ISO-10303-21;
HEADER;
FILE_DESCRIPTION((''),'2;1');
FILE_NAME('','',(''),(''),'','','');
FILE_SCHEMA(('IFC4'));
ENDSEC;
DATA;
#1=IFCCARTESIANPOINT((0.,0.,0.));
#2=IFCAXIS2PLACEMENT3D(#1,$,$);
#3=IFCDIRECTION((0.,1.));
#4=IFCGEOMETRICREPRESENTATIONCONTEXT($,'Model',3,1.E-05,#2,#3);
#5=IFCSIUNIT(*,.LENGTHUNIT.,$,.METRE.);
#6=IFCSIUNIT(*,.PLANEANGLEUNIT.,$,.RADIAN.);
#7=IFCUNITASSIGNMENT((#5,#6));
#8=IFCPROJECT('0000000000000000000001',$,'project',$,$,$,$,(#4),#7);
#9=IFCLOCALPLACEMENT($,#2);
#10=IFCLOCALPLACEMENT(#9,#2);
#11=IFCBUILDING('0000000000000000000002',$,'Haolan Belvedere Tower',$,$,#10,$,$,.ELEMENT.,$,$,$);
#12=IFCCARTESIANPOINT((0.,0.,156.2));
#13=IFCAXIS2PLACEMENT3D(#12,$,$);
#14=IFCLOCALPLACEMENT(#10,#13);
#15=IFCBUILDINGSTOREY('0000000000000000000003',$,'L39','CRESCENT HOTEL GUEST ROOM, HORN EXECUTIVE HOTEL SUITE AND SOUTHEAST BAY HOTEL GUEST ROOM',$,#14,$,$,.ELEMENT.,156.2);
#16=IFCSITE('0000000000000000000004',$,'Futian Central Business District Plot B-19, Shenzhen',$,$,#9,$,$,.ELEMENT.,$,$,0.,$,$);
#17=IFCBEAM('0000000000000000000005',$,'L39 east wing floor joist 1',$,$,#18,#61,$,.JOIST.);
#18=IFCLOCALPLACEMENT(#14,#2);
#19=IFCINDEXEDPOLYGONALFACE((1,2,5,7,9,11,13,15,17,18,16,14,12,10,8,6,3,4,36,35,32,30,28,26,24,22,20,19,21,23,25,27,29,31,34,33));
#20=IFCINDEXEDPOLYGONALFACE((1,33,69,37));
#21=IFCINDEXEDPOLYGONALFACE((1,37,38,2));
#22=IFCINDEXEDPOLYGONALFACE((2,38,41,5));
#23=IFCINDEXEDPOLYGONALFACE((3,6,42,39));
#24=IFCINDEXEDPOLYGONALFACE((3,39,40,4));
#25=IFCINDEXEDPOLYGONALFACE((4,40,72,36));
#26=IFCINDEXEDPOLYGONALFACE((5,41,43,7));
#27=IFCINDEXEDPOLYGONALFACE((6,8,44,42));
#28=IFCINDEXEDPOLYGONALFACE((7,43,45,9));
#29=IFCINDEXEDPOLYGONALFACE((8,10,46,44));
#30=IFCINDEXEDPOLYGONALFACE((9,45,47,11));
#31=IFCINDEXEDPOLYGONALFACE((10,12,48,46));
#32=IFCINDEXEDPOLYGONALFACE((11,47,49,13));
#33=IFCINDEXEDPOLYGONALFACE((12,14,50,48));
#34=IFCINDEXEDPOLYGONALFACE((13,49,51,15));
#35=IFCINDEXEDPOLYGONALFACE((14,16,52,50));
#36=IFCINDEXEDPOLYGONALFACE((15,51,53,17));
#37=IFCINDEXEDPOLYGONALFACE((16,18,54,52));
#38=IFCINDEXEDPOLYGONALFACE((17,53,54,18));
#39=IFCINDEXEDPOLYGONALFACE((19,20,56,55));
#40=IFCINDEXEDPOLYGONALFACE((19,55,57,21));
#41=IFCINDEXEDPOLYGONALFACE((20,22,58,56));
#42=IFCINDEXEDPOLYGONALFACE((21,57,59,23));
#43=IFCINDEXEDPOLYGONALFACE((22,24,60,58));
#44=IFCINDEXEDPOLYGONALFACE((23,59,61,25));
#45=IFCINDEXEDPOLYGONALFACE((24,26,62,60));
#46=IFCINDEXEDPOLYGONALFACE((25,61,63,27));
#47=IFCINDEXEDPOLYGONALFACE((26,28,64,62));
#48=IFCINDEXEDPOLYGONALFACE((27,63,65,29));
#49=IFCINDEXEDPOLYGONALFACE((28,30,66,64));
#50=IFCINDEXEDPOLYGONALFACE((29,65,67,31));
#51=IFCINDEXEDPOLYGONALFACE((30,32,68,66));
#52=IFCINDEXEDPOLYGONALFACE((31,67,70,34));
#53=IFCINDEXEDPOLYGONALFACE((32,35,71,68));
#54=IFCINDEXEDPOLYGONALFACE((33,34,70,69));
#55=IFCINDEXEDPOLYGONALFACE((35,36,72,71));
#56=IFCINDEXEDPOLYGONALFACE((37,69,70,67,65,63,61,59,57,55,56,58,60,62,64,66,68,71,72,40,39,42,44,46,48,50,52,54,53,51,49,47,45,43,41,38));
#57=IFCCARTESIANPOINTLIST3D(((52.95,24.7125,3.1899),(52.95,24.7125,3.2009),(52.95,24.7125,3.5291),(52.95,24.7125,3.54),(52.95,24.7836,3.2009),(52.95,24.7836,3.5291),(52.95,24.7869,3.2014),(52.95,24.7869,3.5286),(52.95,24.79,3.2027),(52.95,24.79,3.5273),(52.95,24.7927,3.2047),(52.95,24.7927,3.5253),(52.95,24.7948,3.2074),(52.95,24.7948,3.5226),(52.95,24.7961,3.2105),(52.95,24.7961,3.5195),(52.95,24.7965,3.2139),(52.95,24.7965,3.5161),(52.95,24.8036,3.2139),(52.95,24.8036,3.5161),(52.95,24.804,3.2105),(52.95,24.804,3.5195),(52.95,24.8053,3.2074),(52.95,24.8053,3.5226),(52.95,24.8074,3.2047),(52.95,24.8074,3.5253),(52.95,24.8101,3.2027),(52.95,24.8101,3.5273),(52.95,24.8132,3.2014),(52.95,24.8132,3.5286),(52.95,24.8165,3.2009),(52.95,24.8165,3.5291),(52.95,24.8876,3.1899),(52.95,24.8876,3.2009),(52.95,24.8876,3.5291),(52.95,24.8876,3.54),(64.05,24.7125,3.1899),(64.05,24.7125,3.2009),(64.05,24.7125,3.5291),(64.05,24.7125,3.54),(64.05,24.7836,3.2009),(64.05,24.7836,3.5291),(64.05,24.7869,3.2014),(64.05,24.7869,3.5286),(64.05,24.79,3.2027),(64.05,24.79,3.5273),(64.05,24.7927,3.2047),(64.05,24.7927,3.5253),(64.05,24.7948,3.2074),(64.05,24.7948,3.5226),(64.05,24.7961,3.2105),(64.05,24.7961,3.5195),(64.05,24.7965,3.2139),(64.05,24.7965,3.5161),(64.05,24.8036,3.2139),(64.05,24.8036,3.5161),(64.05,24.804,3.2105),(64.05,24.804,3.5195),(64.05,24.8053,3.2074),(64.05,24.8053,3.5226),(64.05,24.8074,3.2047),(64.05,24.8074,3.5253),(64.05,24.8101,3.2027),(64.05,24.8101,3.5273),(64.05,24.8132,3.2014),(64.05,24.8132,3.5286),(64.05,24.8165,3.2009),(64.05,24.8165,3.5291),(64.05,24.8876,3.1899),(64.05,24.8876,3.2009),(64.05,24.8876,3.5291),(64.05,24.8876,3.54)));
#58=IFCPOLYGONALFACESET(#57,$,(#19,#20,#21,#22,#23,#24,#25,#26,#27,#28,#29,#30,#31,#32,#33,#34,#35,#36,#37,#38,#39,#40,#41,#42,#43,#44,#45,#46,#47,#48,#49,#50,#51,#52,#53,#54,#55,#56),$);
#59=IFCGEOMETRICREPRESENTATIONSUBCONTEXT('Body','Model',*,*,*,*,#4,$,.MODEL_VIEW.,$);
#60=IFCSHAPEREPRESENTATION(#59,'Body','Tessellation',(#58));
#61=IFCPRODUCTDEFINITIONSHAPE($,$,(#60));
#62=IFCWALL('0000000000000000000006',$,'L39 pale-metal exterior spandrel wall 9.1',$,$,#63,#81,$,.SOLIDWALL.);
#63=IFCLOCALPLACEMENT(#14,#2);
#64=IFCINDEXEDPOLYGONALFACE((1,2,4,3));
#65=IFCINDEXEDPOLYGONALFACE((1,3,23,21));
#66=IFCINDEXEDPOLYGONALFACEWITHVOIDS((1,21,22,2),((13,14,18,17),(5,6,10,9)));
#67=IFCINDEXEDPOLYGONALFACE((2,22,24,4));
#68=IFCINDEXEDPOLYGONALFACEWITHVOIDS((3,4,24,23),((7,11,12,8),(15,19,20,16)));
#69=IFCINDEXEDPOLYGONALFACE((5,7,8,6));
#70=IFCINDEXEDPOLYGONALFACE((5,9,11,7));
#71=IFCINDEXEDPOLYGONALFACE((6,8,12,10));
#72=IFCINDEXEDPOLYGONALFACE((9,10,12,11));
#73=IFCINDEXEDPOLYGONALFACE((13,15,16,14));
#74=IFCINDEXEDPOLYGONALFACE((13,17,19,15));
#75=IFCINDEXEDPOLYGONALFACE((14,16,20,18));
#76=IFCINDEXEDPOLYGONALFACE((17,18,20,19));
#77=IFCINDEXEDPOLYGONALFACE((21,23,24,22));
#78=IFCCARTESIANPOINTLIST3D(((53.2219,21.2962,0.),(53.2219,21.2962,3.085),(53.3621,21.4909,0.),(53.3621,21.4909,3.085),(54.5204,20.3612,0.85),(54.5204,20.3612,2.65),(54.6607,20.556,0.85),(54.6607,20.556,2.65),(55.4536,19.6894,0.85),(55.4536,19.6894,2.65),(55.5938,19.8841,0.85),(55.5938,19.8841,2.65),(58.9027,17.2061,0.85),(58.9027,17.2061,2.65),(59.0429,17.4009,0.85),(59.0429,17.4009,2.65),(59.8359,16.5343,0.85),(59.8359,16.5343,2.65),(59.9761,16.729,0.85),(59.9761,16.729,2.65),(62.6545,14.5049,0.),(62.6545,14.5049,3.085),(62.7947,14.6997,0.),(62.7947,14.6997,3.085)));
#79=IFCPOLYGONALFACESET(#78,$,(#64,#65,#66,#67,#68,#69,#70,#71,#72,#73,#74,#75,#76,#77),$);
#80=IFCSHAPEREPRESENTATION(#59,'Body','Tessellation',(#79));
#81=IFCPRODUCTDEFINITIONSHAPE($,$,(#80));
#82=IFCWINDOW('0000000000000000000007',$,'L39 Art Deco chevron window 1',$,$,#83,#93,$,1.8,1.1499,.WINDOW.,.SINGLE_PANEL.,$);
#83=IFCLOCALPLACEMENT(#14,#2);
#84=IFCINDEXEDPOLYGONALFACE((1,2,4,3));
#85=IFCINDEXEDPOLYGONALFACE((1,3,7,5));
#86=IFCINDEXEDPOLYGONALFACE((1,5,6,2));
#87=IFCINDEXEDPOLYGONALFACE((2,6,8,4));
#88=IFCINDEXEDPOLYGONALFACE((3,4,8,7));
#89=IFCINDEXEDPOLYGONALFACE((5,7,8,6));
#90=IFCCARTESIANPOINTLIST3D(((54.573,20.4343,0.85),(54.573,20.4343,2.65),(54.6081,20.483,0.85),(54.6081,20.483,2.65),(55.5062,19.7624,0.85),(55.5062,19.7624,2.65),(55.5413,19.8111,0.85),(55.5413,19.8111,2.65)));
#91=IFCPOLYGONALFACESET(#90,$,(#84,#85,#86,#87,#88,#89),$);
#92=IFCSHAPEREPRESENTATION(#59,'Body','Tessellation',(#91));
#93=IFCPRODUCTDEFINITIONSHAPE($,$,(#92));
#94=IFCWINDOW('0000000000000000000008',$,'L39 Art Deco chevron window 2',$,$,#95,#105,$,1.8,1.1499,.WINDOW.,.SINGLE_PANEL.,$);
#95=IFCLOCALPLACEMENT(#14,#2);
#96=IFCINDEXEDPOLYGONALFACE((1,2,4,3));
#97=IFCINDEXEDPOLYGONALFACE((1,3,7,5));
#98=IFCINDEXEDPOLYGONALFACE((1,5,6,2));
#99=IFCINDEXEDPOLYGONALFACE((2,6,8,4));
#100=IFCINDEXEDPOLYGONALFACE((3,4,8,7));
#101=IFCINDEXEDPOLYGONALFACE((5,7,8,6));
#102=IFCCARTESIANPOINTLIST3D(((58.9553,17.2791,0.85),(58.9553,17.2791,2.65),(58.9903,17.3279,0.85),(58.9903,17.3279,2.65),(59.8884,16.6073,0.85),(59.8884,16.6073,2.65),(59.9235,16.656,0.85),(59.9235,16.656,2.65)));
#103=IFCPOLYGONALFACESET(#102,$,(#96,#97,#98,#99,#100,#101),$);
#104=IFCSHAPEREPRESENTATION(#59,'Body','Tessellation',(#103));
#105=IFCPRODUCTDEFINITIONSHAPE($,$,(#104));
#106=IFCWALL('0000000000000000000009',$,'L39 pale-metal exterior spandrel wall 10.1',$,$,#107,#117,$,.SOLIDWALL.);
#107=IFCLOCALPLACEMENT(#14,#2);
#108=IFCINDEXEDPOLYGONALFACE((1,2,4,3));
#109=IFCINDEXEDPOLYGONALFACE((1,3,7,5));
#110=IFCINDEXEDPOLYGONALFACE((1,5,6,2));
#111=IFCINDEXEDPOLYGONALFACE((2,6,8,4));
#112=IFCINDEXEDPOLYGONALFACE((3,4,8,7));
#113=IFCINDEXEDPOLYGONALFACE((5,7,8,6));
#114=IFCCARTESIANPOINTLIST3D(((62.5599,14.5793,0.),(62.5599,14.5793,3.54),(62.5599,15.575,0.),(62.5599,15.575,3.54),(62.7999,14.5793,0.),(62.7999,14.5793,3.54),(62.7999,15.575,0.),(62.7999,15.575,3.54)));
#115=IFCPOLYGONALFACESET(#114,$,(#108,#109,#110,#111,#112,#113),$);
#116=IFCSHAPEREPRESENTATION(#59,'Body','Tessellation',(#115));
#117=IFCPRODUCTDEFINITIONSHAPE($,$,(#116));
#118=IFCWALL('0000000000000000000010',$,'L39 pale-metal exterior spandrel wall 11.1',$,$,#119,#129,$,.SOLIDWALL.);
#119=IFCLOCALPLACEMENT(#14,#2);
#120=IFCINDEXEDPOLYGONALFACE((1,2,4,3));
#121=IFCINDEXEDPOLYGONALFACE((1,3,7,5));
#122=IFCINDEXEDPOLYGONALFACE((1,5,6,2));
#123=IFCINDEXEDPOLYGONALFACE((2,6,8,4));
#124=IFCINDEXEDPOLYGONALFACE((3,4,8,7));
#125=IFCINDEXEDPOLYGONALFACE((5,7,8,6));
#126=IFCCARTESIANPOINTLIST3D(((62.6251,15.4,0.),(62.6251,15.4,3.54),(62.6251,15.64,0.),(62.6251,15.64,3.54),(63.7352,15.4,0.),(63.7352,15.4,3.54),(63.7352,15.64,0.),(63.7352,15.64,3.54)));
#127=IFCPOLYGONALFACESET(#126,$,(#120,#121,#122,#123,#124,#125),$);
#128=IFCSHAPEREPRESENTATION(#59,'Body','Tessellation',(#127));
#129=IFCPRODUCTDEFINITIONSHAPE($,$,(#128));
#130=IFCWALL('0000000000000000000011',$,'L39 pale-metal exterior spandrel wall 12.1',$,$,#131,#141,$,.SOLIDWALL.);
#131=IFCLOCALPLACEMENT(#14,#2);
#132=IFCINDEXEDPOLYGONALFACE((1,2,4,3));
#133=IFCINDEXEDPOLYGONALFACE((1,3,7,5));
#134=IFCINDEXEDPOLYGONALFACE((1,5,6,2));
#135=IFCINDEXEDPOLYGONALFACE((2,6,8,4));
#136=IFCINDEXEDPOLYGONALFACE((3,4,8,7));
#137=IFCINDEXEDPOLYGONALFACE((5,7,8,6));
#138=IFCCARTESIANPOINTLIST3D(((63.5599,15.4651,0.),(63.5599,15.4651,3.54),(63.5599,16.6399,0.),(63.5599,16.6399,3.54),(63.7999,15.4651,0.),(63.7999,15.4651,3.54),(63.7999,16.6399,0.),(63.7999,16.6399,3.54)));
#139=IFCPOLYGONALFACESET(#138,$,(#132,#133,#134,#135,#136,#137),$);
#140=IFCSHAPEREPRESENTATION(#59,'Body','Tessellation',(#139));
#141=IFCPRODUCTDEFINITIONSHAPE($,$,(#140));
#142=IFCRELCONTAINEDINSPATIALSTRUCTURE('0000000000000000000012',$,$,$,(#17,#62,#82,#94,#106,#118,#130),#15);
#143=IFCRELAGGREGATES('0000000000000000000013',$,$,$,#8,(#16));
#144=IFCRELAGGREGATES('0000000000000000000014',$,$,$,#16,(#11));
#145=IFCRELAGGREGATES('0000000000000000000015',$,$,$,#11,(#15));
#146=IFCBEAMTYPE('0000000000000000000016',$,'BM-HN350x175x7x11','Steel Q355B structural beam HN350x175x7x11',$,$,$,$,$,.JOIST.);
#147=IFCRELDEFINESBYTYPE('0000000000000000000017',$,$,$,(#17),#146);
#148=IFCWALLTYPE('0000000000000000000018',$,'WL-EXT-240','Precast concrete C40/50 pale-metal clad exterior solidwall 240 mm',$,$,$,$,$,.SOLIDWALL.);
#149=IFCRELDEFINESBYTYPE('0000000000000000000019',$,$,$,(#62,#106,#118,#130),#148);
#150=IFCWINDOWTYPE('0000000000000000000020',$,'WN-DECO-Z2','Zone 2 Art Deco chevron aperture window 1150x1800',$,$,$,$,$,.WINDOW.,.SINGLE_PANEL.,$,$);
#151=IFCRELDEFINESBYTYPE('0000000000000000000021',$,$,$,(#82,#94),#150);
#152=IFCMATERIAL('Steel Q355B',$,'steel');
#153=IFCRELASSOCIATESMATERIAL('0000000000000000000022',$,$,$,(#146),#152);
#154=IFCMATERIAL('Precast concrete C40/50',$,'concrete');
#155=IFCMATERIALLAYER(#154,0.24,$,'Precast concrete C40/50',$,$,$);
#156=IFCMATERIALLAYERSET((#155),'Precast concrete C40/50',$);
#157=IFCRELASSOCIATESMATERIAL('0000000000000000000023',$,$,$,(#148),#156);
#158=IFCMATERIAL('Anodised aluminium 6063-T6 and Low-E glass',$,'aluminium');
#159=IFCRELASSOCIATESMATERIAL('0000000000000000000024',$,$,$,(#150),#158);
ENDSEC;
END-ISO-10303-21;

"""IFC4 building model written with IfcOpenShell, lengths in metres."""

from ifc_helpers import new_model, si_unit, direction, frame, frame_2d, origin, origin_2d, place, context, subcontext, project, spatial, rectangle, i_section, extrude, material, layer, layer_set, material_profile, profile_set, type_object, element, fill, save


model = new_model("IFC4")

# Units and contexts
model_context = context("Model", 3, precision=1e-05, world=origin(), true_north=direction((0.0, 1.0)))
body_context = subcontext(model_context, "Body", "Model", "MODEL_VIEW")
ifc_project = project(units=[si_unit("LENGTHUNIT", "METRE"), si_unit("PLANEANGLEUNIT", "RADIAN")], contexts=[model_context])

# Site, building, storey
site_placement = place(None, origin())
site = spatial("IfcSite", under=ifc_project, at=site_placement, Name="Futian Central Business District Plot B-19, Shenzhen", CompositionType="ELEMENT", RefElevation=0.0)
building_placement = place(site_placement, origin())
building = spatial("IfcBuilding", under=site, at=building_placement, Name="Haolan Belvedere Tower", CompositionType="ELEMENT")
storey_placement = place(building_placement, frame((0.0, 0.0, 156.2)))
storey = spatial("IfcBuildingStorey", under=building, at=storey_placement, Name="L39", Description="CRESCENT HOTEL GUEST ROOM, HORN EXECUTIVE HOTEL SUITE AND SOUTHEAST BAY HOTEL GUEST ROOM", CompositionType="ELEMENT", Elevation=156.2)

# Beam
ifc_material_1 = material(Name="Steel Q355B", Category="steel")
ifc_material_profile_1 = material_profile(ifc_material_1, i_section(OverallWidth=0.175, OverallDepth=0.3501, WebThickness=0.0071, FlangeThickness=0.011, FilletRadius=0.0129, at=origin_2d()), Name="Steel Q355B")
ifc_profile_set_1 = profile_set([ifc_material_profile_1], Name="Steel Q355B")
beam_type_1 = type_object("IfcBeamType", Name="BM-HN350x175x7x11", Description="Steel Q355B structural beam HN350x175x7x11", PredefinedType="JOIST", material=ifc_profile_set_1)
beam_1_placement = place(storey_placement, frame((52.95, 24.8, 3.365), z_axis=(1.0, 0.0, 0.0), x_axis=(0.0, 1.0, 0.0)))
element("IfcBeam", 1, at=beam_1_placement, inside=storey, type_object=beam_type_1, Name="L39 east wing floor joist 1", PredefinedType="JOIST", context=body_context, shape_type="SweptSolid", body=[
    extrude(i_section(OverallWidth=0.175, OverallDepth=0.3501, WebThickness=0.0071, FlangeThickness=0.011, FilletRadius=0.0129, at=origin_2d()), origin(), (0.0, 0.0, 1.0), 11.1001),
])

# Wall, openings, windows
ifc_material_2 = material(Name="Precast concrete C40/50", Category="concrete")
ifc_layer_1 = layer(ifc_material_2, 0.24, Name="Precast concrete C40/50")
ifc_layer_set_1 = layer_set([ifc_layer_1], Name="Precast concrete C40/50")
wall_type_1 = type_object("IfcWallType", Name="WL-EXT-240", Description="Precast concrete C40/50 pale-metal clad exterior solidwall 240 mm", PredefinedType="SOLIDWALL", material=ifc_layer_set_1)
wall_1_placement = place(storey_placement, frame((53.292, 21.3936, 0.0), z_axis=(0.0, 0.0, 1.0), x_axis=(0.811544, -0.584292, 0.0)))
wall_1 = element("IfcWall", 2, at=wall_1_placement, inside=storey, type_object=wall_type_1, Name="L39 pale-metal exterior spandrel wall 9.1", PredefinedType="SOLIDWALL", context=body_context, shape_type="SweptSolid", body=[
    extrude(rectangle(XDim=11.623, YDim=0.24, at=frame_2d((5.8115, 0.0))), origin(), (0.0, 0.0, 1.0), 3.085),
])
opening_1_placement = place(wall_1_placement, frame((1.6001, 0.0, 0.8501)))
opening_1 = element("IfcOpeningElement", 3, at=opening_1_placement, cuts=wall_1, PredefinedType="OPENING", context=body_context, shape_type="SweptSolid", body=[
    extrude(rectangle(XDim=1.1499, YDim=1.8, at=frame_2d((0.575, 0.8999))), frame((0.0, 0.1299, 0.0), z_axis=(0.0, -1.0, 0.0), x_axis=(1.0, 0.0, 0.0)), (0.0, 0.0, 1.0), 0.26),
])
opening_2_placement = place(wall_1_placement, frame((7.0, 0.0, 0.8501)))
opening_2 = element("IfcOpeningElement", 4, at=opening_2_placement, cuts=wall_1, PredefinedType="OPENING", context=body_context, shape_type="SweptSolid", body=[
    extrude(rectangle(XDim=1.1499, YDim=1.8, at=frame_2d((0.575, 0.8999))), frame((0.0, 0.1299, 0.0), z_axis=(0.0, -1.0, 0.0), x_axis=(1.0, 0.0, 0.0)), (0.0, 0.0, 1.0), 0.26),
])
ifc_material_3 = material(Name="Anodised aluminium 6063-T6 and Low-E glass", Category="aluminium")
window_type = type_object("IfcWindowType", Name="WN-DECO-Z2", Description="Zone 2 Art Deco chevron aperture window 1150x1800", PartitioningType="SINGLE_PANEL", PredefinedType="WINDOW", material=ifc_material_3)
window_1_placement = place(opening_1_placement, origin())
window_1 = element("IfcWindow", 5, at=window_1_placement, inside=storey, type_object=window_type, Name="L39 Art Deco chevron window 1", OverallHeight=1.8, OverallWidth=1.1499, PartitioningType="SINGLE_PANEL", PredefinedType="WINDOW", context=body_context, shape_type="SweptSolid", body=[
    extrude(rectangle(XDim=1.1499, YDim=1.8, at=frame_2d((0.575, 0.8999))), frame((0.0, 0.03, 0.0), z_axis=(0.0, -1.0, 0.0), x_axis=(1.0, 0.0, 0.0)), (0.0, 0.0, 1.0), 0.0601),
])
fill(opening_1, window_1)
window_2_placement = place(opening_2_placement, origin())
window_2 = element("IfcWindow", 6, at=window_2_placement, inside=storey, type_object=window_type, Name="L39 Art Deco chevron window 2", OverallHeight=1.8, OverallWidth=1.1499, PartitioningType="SINGLE_PANEL", PredefinedType="WINDOW", context=body_context, shape_type="SweptSolid", body=[
    extrude(rectangle(XDim=1.1499, YDim=1.8, at=frame_2d((0.575, 0.8999))), frame((0.0, 0.03, 0.0), z_axis=(0.0, -1.0, 0.0), x_axis=(1.0, 0.0, 0.0)), (0.0, 0.0, 1.0), 0.0601),
])
fill(opening_2, window_2)

# Walls
wall_2_placement = place(storey_placement, frame((62.6799, 14.5793, 0.0), z_axis=(0.0, 0.0, 1.0), x_axis=(0.0, 1.0, 0.0)))
element("IfcWall", 7, at=wall_2_placement, inside=storey, type_object=wall_type_1, Name="L39 pale-metal exterior spandrel wall 10.1", PredefinedType="SOLIDWALL", context=body_context, shape_type="SweptSolid", body=[
    extrude(rectangle(XDim=0.9956, YDim=0.24, at=frame_2d((0.4978, 0.0))), origin(), (0.0, 0.0, 1.0), 3.54),
])
wall_3_placement = place(storey_placement, frame((62.625, 15.52, 0.0), z_axis=(0.0, 0.0, 1.0), x_axis=(1.0, 0.0, 0.0)))
element("IfcWall", 8, at=wall_3_placement, inside=storey, type_object=wall_type_1, Name="L39 pale-metal exterior spandrel wall 11.1", PredefinedType="SOLIDWALL", context=body_context, shape_type="SweptSolid", body=[
    extrude(rectangle(XDim=1.1101, YDim=0.24, at=frame_2d((0.5552, 0.0))), origin(), (0.0, 0.0, 1.0), 3.54),
])
wall_4_placement = place(storey_placement, frame((63.6799, 15.4651, 0.0), z_axis=(0.0, 0.0, 1.0), x_axis=(0.0, 1.0, 0.0)))
element("IfcWall", 9, at=wall_4_placement, inside=storey, type_object=wall_type_1, Name="L39 pale-metal exterior spandrel wall 12.1", PredefinedType="SOLIDWALL", context=body_context, shape_type="SweptSolid", body=[
    extrude(rectangle(XDim=1.1748, YDim=0.24, at=frame_2d((0.5874, 0.0))), origin(), (0.0, 0.0, 1.0), 3.54),
])

save(model, "model.ifc")
